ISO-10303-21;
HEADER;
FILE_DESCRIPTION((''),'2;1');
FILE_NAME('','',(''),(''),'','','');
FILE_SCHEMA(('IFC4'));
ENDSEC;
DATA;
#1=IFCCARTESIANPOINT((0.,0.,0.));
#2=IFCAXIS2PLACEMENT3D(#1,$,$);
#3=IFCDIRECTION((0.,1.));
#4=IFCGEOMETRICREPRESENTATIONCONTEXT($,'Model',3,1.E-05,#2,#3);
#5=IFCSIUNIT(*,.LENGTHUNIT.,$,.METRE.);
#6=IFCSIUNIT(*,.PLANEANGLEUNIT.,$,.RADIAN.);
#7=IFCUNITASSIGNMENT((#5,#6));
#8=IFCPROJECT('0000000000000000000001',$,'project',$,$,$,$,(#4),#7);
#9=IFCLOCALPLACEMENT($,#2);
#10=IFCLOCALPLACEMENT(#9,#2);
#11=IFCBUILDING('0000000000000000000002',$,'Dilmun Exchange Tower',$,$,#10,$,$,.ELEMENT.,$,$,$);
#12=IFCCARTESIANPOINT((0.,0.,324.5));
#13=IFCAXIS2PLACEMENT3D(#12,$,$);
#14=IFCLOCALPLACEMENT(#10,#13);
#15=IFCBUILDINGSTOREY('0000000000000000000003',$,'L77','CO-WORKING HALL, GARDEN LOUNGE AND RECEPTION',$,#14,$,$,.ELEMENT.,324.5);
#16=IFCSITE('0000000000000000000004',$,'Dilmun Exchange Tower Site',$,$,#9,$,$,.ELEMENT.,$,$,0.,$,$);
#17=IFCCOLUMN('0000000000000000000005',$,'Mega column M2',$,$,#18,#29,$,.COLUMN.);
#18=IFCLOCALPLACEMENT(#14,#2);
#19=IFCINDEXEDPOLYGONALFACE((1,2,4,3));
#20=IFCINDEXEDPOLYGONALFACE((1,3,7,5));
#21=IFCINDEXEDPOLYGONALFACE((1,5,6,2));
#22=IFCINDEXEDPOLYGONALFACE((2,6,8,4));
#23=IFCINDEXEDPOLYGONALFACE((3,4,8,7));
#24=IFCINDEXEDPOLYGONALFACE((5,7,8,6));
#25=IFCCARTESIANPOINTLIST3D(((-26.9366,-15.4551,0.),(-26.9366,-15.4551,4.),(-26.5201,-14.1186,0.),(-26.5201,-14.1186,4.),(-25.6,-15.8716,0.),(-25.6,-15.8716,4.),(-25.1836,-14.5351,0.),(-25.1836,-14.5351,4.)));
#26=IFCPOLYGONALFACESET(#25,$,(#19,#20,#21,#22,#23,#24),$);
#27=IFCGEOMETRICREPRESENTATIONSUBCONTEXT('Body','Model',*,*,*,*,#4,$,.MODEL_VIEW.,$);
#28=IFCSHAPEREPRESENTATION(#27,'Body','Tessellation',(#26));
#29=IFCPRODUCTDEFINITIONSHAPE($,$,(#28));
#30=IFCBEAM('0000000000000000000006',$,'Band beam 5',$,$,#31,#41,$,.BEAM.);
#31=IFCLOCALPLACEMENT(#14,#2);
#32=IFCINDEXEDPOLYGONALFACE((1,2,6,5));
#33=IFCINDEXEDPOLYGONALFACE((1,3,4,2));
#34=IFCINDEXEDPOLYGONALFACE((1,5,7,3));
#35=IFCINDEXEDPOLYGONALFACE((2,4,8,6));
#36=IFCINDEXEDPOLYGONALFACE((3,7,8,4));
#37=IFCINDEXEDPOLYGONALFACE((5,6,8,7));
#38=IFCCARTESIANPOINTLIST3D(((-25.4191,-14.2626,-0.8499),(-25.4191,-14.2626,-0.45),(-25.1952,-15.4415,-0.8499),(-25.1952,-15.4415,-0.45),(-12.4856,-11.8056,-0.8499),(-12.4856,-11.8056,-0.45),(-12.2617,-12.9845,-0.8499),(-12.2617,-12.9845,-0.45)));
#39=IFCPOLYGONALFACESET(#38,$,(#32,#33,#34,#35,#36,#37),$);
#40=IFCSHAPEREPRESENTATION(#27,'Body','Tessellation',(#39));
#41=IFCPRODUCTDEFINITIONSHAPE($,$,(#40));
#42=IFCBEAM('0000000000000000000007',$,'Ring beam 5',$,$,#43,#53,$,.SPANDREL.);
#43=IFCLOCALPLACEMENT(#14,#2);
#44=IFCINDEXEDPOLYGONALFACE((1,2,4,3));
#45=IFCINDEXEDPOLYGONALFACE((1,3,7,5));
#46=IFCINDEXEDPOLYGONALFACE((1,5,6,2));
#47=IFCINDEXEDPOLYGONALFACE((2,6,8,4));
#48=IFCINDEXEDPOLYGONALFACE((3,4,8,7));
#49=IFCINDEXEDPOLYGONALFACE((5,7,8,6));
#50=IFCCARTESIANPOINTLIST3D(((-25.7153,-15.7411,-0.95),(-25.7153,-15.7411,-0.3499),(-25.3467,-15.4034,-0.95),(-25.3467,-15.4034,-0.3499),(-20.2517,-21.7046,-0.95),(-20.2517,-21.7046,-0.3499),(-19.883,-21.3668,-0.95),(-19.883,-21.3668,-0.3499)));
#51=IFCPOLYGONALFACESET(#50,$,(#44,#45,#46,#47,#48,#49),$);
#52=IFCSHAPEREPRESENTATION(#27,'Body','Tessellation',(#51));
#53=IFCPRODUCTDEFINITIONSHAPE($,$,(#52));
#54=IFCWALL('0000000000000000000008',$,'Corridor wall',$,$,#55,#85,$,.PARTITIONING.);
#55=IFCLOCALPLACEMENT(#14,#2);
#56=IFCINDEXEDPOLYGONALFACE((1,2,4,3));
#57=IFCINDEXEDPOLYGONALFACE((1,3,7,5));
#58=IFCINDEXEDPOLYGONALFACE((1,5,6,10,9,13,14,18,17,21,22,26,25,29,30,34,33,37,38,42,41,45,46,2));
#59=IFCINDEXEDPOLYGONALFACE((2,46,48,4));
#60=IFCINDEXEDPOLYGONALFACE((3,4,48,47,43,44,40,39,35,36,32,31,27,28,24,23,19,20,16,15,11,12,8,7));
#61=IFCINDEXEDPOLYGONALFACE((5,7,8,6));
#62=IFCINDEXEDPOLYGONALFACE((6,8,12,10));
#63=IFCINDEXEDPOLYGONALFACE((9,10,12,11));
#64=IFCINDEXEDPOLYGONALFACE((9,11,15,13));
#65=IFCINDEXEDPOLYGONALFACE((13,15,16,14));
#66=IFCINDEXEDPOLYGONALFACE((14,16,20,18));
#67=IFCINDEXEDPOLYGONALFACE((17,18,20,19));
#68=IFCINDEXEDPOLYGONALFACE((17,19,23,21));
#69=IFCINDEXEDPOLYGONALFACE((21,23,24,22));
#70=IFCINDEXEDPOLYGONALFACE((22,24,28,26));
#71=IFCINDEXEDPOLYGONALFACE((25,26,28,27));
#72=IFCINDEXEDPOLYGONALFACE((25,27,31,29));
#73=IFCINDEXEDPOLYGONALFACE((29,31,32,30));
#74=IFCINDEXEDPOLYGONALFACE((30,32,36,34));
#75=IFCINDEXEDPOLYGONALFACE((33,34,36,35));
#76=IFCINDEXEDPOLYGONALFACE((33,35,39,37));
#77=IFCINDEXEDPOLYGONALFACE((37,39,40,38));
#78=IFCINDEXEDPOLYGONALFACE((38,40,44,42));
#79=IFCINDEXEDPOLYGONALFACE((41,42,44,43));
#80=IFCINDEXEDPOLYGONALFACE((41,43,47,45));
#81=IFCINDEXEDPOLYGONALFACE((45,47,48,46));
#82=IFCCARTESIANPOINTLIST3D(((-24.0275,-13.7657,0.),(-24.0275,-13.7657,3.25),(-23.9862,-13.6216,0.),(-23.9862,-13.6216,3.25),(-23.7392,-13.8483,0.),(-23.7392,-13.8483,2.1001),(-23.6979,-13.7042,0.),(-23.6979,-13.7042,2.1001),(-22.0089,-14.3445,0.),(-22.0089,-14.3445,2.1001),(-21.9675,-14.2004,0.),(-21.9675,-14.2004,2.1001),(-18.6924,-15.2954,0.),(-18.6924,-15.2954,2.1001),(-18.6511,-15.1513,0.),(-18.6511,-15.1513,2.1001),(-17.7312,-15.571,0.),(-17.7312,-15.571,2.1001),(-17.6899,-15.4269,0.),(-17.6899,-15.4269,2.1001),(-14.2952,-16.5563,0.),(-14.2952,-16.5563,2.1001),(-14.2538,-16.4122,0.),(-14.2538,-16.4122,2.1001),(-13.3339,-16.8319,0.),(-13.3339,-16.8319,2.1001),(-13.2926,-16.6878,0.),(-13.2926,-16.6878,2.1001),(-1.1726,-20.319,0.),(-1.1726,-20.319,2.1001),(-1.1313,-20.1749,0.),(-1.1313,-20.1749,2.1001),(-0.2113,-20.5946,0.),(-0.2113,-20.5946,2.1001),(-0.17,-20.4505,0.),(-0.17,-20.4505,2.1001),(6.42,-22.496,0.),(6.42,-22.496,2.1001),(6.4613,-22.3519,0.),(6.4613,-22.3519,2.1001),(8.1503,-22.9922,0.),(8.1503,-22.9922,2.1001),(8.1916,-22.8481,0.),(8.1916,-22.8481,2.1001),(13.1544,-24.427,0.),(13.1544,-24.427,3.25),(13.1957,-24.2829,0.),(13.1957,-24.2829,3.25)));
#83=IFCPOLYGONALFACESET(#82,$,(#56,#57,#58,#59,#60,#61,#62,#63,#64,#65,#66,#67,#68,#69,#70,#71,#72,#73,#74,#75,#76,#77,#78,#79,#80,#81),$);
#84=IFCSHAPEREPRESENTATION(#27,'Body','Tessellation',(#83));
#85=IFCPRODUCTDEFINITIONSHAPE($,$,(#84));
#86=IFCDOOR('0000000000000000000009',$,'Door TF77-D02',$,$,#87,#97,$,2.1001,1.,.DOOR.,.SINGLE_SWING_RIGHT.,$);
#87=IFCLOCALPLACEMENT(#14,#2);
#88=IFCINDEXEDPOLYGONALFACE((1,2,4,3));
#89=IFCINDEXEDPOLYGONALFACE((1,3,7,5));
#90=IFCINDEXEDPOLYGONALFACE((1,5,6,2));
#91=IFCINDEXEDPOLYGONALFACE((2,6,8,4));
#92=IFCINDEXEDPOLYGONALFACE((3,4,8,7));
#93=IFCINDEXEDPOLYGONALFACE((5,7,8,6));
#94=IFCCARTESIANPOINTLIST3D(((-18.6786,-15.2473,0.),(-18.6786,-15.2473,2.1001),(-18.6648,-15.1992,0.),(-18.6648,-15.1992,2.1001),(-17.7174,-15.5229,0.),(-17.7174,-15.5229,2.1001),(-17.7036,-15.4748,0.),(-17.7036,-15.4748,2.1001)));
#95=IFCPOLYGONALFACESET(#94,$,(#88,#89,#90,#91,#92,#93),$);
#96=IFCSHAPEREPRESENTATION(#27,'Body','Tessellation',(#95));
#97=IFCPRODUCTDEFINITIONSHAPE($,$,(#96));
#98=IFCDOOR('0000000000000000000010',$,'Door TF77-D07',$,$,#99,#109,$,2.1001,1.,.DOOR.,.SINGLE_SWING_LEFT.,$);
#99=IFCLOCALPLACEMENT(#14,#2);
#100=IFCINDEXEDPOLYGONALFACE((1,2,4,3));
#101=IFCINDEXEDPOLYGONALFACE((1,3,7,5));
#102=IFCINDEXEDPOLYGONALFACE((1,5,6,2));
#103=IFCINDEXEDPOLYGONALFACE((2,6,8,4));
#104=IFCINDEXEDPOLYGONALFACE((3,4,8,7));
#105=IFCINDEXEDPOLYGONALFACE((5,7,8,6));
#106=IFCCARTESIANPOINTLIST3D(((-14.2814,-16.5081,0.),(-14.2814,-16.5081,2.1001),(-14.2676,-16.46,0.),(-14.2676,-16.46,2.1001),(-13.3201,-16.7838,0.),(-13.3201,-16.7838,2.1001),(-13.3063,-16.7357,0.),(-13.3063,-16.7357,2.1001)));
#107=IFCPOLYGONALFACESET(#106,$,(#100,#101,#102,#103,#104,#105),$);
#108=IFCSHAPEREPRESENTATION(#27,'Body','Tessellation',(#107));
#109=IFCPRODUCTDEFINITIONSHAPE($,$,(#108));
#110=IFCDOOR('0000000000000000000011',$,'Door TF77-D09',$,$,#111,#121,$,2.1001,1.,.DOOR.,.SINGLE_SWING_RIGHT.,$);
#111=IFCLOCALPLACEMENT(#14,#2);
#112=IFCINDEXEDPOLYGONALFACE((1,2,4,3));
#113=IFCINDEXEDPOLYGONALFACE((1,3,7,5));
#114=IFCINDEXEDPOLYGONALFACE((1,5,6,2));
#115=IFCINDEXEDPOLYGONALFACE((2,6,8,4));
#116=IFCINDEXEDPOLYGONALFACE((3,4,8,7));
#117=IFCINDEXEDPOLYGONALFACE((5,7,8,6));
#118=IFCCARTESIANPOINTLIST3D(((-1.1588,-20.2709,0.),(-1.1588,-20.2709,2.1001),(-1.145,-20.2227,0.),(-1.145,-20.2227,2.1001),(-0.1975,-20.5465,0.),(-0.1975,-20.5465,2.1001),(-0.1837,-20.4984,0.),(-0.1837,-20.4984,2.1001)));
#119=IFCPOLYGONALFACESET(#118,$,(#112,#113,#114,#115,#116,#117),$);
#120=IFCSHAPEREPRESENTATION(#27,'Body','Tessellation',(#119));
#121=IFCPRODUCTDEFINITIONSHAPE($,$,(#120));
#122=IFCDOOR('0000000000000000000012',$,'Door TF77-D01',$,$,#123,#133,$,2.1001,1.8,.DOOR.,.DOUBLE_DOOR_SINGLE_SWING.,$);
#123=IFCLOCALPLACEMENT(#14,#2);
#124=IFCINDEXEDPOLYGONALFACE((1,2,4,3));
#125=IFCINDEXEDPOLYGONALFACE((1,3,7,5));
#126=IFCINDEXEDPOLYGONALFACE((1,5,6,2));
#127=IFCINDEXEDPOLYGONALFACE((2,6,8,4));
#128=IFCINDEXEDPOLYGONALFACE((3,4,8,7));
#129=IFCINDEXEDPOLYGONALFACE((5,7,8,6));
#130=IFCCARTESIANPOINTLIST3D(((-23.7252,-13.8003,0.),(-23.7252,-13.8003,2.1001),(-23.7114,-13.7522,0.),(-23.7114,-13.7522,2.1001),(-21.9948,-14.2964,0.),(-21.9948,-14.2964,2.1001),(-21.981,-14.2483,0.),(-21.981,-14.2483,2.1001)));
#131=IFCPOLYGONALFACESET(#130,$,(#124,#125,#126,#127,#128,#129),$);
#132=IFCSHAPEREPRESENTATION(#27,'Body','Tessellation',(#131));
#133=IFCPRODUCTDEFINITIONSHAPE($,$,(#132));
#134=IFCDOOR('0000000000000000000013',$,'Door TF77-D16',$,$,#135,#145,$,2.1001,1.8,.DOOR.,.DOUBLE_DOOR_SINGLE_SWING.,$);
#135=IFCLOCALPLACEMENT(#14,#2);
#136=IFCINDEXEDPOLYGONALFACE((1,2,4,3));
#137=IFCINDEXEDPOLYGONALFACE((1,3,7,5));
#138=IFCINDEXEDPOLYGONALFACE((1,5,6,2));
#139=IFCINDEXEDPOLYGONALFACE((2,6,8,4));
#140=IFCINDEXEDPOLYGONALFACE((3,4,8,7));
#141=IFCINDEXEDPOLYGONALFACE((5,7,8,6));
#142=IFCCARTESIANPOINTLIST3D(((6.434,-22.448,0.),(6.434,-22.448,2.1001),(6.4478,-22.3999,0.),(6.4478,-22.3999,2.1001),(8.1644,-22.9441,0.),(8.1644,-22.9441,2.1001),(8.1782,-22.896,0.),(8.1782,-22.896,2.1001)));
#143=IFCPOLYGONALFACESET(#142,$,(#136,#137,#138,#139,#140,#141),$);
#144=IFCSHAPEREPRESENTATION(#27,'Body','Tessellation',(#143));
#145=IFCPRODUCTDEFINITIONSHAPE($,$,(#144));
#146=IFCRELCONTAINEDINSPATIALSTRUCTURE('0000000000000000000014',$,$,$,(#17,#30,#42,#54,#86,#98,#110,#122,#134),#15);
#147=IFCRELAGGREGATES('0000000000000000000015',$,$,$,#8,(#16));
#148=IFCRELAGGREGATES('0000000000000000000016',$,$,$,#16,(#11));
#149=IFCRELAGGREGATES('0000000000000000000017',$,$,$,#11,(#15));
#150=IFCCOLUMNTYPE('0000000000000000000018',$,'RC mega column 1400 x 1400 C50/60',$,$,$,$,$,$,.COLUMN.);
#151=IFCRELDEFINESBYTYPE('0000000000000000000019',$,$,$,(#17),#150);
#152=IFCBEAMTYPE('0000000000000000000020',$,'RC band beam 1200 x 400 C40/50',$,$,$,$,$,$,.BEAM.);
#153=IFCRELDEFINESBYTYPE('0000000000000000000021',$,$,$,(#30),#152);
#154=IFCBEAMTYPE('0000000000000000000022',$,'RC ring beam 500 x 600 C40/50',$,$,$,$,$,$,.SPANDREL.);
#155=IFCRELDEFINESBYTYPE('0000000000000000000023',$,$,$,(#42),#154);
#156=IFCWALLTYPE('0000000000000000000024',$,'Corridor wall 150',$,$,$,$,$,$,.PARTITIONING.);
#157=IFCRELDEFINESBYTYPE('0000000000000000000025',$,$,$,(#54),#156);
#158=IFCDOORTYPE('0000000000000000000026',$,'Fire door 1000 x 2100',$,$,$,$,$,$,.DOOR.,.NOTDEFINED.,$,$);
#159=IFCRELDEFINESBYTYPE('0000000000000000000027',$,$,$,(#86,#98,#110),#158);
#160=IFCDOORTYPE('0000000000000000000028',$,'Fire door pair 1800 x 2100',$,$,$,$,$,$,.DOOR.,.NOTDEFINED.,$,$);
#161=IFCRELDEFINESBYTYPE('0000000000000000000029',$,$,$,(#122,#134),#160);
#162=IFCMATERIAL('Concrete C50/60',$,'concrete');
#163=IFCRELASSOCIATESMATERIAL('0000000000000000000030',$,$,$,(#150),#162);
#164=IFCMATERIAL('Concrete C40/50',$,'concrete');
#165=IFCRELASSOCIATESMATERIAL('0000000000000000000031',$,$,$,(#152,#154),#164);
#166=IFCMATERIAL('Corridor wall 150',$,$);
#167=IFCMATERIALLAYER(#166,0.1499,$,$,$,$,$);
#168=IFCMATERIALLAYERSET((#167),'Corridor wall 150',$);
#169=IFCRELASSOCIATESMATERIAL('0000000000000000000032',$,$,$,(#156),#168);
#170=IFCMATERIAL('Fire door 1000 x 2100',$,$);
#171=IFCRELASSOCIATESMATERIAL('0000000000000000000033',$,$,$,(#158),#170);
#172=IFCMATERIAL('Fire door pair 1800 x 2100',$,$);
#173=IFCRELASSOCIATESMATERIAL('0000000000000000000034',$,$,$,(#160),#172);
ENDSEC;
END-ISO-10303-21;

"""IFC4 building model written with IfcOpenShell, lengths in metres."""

from ifc_helpers import new_model, si_unit, direction, frame, frame_2d, origin, origin_2d, place, context, subcontext, project, spatial, rectangle, extrude, material, layer, layer_set, material_profile, profile_set, type_object, element, fill, save


model = new_model("IFC4")

# Units and contexts
model_context = context("Model", 3, precision=1e-05, world=origin(), true_north=direction((0.0, 1.0)))
body_context = subcontext(model_context, "Body", "Model", "MODEL_VIEW")
ifc_project = project(units=[si_unit("LENGTHUNIT", "METRE"), si_unit("PLANEANGLEUNIT", "RADIAN")], contexts=[model_context])

# Site, building, storey
site_placement = place(None, origin())
site = spatial("IfcSite", under=ifc_project, at=site_placement, Name="Dilmun Exchange Tower Site", CompositionType="ELEMENT", RefElevation=0.0)
building_placement = place(site_placement, origin())
building = spatial("IfcBuilding", under=site, at=building_placement, Name="Dilmun Exchange Tower", CompositionType="ELEMENT")
storey_placement = place(building_placement, frame((0.0, 0.0, 324.5)))
storey = spatial("IfcBuildingStorey", under=building, at=storey_placement, Name="L77", Description="CO-WORKING HALL, GARDEN LOUNGE AND RECEPTION", CompositionType="ELEMENT", Elevation=324.5)

# Column
ifc_material_1 = material(Name="Concrete C50/60", Category="concrete")
ifc_material_profile_1 = material_profile(ifc_material_1, rectangle(XDim=1.3999, YDim=1.3999, at=origin_2d()), Name="1400 x 1400")
ifc_profile_set_1 = profile_set([ifc_material_profile_1], Name="Concrete C50/60")
column_type = type_object("IfcColumnType", Name="RC mega column 1400 x 1400 C50/60", PredefinedType="COLUMN", material=ifc_profile_set_1)
column_placement = place(storey_placement, frame((-26.0601, -14.9951, 0.0), z_axis=(0.0, 0.0, 1.0), x_axis=(0.297503, 0.954721, 0.0)))
element("IfcColumn", 1, at=column_placement, inside=storey, type_object=column_type, Name="Mega column M2", PredefinedType="COLUMN", context=body_context, shape_type="SweptSolid", body=[
    extrude(rectangle(XDim=1.3999, YDim=1.3999, at=origin_2d()), origin(), (0.0, 0.0, 1.0), 4.0),
])

# Beams
ifc_material_2 = material(Name="Concrete C40/50", Category="concrete")
ifc_material_profile_2 = material_profile(ifc_material_2, rectangle(XDim=1.2, YDim=0.3999, at=origin_2d()), Name="1200 x 400")
ifc_profile_set_2 = profile_set([ifc_material_profile_2], Name="Concrete C40/50")
beam_type_1 = type_object("IfcBeamType", Name="RC band beam 1200 x 400 C40/50", PredefinedType="BEAM", material=ifc_profile_set_2)
beam_1_placement = place(storey_placement, frame((-25.3071, -14.8521, -0.6499), z_axis=(0.982429, 0.186635, 0.0), x_axis=(-0.186635, 0.982429, 0.0)))
element("IfcBeam", 2, at=beam_1_placement, inside=storey, type_object=beam_type_1, Name="Band beam 5", PredefinedType="BEAM", context=body_context, shape_type="SweptSolid", body=[
    extrude(rectangle(XDim=1.2, YDim=0.3999, at=origin_2d()), origin(), (0.0, 0.0, 1.0), 13.1648),
])
ifc_material_profile_3 = material_profile(ifc_material_2, rectangle(XDim=0.5, YDim=0.6001, at=origin_2d()), Name="500 x 600")
ifc_profile_set_3 = profile_set([ifc_material_profile_3], Name="Concrete C40/50")
beam_type_2 = type_object("IfcBeamType", Name="RC ring beam 500 x 600 C40/50", PredefinedType="SPANDREL", material=ifc_profile_set_3)
beam_2_placement = place(storey_placement, frame((-25.531, -15.5723, -0.6499), z_axis=(0.675536, -0.737327, 0.0), x_axis=(0.737327, 0.675536, 0.0)))
element("IfcBeam", 3, at=beam_2_placement, inside=storey, type_object=beam_type_2, Name="Ring beam 5", PredefinedType="SPANDREL", context=body_context, shape_type="SweptSolid", body=[
    extrude(rectangle(XDim=0.5, YDim=0.6001, at=origin_2d()), origin(), (0.0, 0.0, 1.0), 8.0879),
])

# Wall, openings, doors
ifc_material_3 = material(Name="Corridor wall 150")
ifc_layer_1 = layer(ifc_material_3, 0.1499)
ifc_layer_set_1 = layer_set([ifc_layer_1], Name="Corridor wall 150")
wall_type_1 = type_object("IfcWallType", Name="Corridor wall 150", PredefinedType="PARTITIONING", material=ifc_layer_set_1)
wall_1_placement = place(storey_placement, frame((-24.0068, -13.6936, 0.0), z_axis=(0.0, 0.0, 1.0), x_axis=(0.961264, -0.275629, 0.0)))
wall_1 = element("IfcWall", 4, at=wall_1_placement, inside=storey, type_object=wall_type_1, Name="Corridor wall", PredefinedType="PARTITIONING", context=body_context, shape_type="SweptSolid", body=[
    extrude(rectangle(XDim=38.6802, YDim=0.1499, at=frame_2d((19.3401, 0.0))), origin(), (0.0, 0.0, 1.0), 3.25),
])
opening_1_placement = place(wall_1_placement, frame((0.3, 0.0, 0.0)))
opening_1 = element("IfcOpeningElement", 5, at=opening_1_placement, cuts=wall_1, PredefinedType="OPENING", context=body_context, shape_type="SweptSolid", body=[
    extrude(rectangle(XDim=1.8, YDim=2.1001, at=frame_2d((0.8999, 1.05))), frame((0.0, 0.085, 0.0), z_axis=(0.0, -1.0, 0.0), x_axis=(1.0, 0.0, 0.0)), (0.0, 0.0, 1.0), 0.1699),
])
opening_2_placement = place(wall_1_placement, frame((5.55, 0.0, 0.0)))
opening_2 = element("IfcOpeningElement", 6, at=opening_2_placement, cuts=wall_1, PredefinedType="OPENING", context=body_context, shape_type="SweptSolid", body=[
    extrude(rectangle(XDim=1.0, YDim=2.1001, at=frame_2d((0.5, 1.05))), frame((0.0, 0.085, 0.0), z_axis=(0.0, -1.0, 0.0), x_axis=(1.0, 0.0, 0.0)), (0.0, 0.0, 1.0), 0.1699),
])
opening_3_placement = place(wall_1_placement, frame((10.1245, 0.0, 0.0)))
opening_3 = element("IfcOpeningElement", 7, at=opening_3_placement, cuts=wall_1, PredefinedType="OPENING", context=body_context, shape_type="SweptSolid", body=[
    extrude(rectangle(XDim=1.0, YDim=2.1001, at=frame_2d((0.5, 1.05))), frame((0.0, 0.085, 0.0), z_axis=(0.0, -1.0, 0.0), x_axis=(1.0, 0.0, 0.0)), (0.0, 0.0, 1.0), 0.1699),
])
opening_4_placement = place(wall_1_placement, frame((23.7759, 0.0, 0.0)))
opening_4 = element("IfcOpeningElement", 8, at=opening_4_placement, cuts=wall_1, PredefinedType="OPENING", context=body_context, shape_type="SweptSolid", body=[
    extrude(rectangle(XDim=1.0, YDim=2.1001, at=frame_2d((0.5, 1.05))), frame((0.0, 0.085, 0.0), z_axis=(0.0, -1.0, 0.0), x_axis=(1.0, 0.0, 0.0)), (0.0, 0.0, 1.0), 0.1699),
])
opening_5_placement = place(wall_1_placement, frame((31.6746, 0.0, 0.0)))
opening_5 = element("IfcOpeningElement", 9, at=opening_5_placement, cuts=wall_1, PredefinedType="OPENING", context=body_context, shape_type="SweptSolid", body=[
    extrude(rectangle(XDim=1.8, YDim=2.1001, at=frame_2d((0.8999, 1.05))), frame((0.0, 0.085, 0.0), z_axis=(0.0, -1.0, 0.0), x_axis=(1.0, 0.0, 0.0)), (0.0, 0.0, 1.0), 0.1699),
])
ifc_material_4 = material(Name="Fire door 1000 x 2100")
door_type_1 = type_object("IfcDoorType", Name="Fire door 1000 x 2100", OperationType="NOTDEFINED", PredefinedType="DOOR", material=ifc_material_4)
door_1_placement = place(opening_2_placement, frame((1.0, 0.0, 0.0), z_axis=(0.0, 0.0, 1.0), x_axis=(-1.0, 0.0, 0.0)))
door_1 = element("IfcDoor", 10, at=door_1_placement, inside=storey, type_object=door_type_1, Name="Door TF77-D02", OperationType="SINGLE_SWING_RIGHT", OverallHeight=2.1001, OverallWidth=1.0, PredefinedType="DOOR", context=body_context, shape_type="SweptSolid", body=[
    extrude(rectangle(XDim=1.0, YDim=2.1001, at=frame_2d((0.5, 1.05))), frame((0.0, 0.0249, 0.0), z_axis=(0.0, -1.0, 0.0), x_axis=(1.0, 0.0, 0.0)), (0.0, 0.0, 1.0), 0.05),
])
fill(opening_2, door_1)
door_2_placement = place(opening_3_placement, frame((1.0, 0.0, 0.0), z_axis=(0.0, 0.0, 1.0), x_axis=(-1.0, 0.0, 0.0)))
door_2 = element("IfcDoor", 11, at=door_2_placement, inside=storey, type_object=door_type_1, Name="Door TF77-D07", OperationType="SINGLE_SWING_LEFT", OverallHeight=2.1001, OverallWidth=1.0, PredefinedType="DOOR", context=body_context, shape_type="SweptSolid", body=[
    extrude(rectangle(XDim=1.0, YDim=2.1001, at=frame_2d((0.5, 1.05))), frame((0.0, 0.0249, 0.0), z_axis=(0.0, -1.0, 0.0), x_axis=(1.0, 0.0, 0.0)), (0.0, 0.0, 1.0), 0.05),
])
fill(opening_3, door_2)
door_3_placement = place(opening_4_placement, frame((1.0, 0.0, 0.0), z_axis=(0.0, 0.0, 1.0), x_axis=(-1.0, 0.0, 0.0)))
door_3 = element("IfcDoor", 12, at=door_3_placement, inside=storey, type_object=door_type_1, Name="Door TF77-D09", OperationType="SINGLE_SWING_RIGHT", OverallHeight=2.1001, OverallWidth=1.0, PredefinedType="DOOR", context=body_context, shape_type="SweptSolid", body=[
    extrude(rectangle(XDim=1.0, YDim=2.1001, at=frame_2d((0.5, 1.05))), frame((0.0, 0.0249, 0.0), z_axis=(0.0, -1.0, 0.0), x_axis=(1.0, 0.0, 0.0)), (0.0, 0.0, 1.0), 0.05),
])
fill(opening_4, door_3)
ifc_material_5 = material(Name="Fire door pair 1800 x 2100")
door_type_2 = type_object("IfcDoorType", Name="Fire door pair 1800 x 2100", OperationType="NOTDEFINED", PredefinedType="DOOR", material=ifc_material_5)
door_4_placement = place(opening_1_placement, frame((1.8, 0.0, 0.0), z_axis=(0.0, 0.0, 1.0), x_axis=(-1.0, 0.0, 0.0)))
door_4 = element("IfcDoor", 13, at=door_4_placement, inside=storey, type_object=door_type_2, Name="Door TF77-D01", OperationType="DOUBLE_DOOR_SINGLE_SWING", OverallHeight=2.1001, OverallWidth=1.8, PredefinedType="DOOR", context=body_context, shape_type="SweptSolid", body=[
    extrude(rectangle(XDim=1.8, YDim=2.1001, at=frame_2d((0.8999, 1.05))), frame((0.0, 0.0249, 0.0), z_axis=(0.0, -1.0, 0.0), x_axis=(1.0, 0.0, 0.0)), (0.0, 0.0, 1.0), 0.05),
])
fill(opening_1, door_4)
door_5_placement = place(opening_5_placement, frame((1.8, 0.0, 0.0), z_axis=(0.0, 0.0, 1.0), x_axis=(-1.0, 0.0, 0.0)))
door_5 = element("IfcDoor", 14, at=door_5_placement, inside=storey, type_object=door_type_2, Name="Door TF77-D16", OperationType="DOUBLE_DOOR_SINGLE_SWING", OverallHeight=2.1001, OverallWidth=1.8, PredefinedType="DOOR", context=body_context, shape_type="SweptSolid", body=[
    extrude(rectangle(XDim=1.8, YDim=2.1001, at=frame_2d((0.8999, 1.05))), frame((0.0, 0.0249, 0.0), z_axis=(0.0, -1.0, 0.0), x_axis=(1.0, 0.0, 0.0)), (0.0, 0.0, 1.0), 0.05),
])
fill(opening_5, door_5)

save(model, "model.ifc")
